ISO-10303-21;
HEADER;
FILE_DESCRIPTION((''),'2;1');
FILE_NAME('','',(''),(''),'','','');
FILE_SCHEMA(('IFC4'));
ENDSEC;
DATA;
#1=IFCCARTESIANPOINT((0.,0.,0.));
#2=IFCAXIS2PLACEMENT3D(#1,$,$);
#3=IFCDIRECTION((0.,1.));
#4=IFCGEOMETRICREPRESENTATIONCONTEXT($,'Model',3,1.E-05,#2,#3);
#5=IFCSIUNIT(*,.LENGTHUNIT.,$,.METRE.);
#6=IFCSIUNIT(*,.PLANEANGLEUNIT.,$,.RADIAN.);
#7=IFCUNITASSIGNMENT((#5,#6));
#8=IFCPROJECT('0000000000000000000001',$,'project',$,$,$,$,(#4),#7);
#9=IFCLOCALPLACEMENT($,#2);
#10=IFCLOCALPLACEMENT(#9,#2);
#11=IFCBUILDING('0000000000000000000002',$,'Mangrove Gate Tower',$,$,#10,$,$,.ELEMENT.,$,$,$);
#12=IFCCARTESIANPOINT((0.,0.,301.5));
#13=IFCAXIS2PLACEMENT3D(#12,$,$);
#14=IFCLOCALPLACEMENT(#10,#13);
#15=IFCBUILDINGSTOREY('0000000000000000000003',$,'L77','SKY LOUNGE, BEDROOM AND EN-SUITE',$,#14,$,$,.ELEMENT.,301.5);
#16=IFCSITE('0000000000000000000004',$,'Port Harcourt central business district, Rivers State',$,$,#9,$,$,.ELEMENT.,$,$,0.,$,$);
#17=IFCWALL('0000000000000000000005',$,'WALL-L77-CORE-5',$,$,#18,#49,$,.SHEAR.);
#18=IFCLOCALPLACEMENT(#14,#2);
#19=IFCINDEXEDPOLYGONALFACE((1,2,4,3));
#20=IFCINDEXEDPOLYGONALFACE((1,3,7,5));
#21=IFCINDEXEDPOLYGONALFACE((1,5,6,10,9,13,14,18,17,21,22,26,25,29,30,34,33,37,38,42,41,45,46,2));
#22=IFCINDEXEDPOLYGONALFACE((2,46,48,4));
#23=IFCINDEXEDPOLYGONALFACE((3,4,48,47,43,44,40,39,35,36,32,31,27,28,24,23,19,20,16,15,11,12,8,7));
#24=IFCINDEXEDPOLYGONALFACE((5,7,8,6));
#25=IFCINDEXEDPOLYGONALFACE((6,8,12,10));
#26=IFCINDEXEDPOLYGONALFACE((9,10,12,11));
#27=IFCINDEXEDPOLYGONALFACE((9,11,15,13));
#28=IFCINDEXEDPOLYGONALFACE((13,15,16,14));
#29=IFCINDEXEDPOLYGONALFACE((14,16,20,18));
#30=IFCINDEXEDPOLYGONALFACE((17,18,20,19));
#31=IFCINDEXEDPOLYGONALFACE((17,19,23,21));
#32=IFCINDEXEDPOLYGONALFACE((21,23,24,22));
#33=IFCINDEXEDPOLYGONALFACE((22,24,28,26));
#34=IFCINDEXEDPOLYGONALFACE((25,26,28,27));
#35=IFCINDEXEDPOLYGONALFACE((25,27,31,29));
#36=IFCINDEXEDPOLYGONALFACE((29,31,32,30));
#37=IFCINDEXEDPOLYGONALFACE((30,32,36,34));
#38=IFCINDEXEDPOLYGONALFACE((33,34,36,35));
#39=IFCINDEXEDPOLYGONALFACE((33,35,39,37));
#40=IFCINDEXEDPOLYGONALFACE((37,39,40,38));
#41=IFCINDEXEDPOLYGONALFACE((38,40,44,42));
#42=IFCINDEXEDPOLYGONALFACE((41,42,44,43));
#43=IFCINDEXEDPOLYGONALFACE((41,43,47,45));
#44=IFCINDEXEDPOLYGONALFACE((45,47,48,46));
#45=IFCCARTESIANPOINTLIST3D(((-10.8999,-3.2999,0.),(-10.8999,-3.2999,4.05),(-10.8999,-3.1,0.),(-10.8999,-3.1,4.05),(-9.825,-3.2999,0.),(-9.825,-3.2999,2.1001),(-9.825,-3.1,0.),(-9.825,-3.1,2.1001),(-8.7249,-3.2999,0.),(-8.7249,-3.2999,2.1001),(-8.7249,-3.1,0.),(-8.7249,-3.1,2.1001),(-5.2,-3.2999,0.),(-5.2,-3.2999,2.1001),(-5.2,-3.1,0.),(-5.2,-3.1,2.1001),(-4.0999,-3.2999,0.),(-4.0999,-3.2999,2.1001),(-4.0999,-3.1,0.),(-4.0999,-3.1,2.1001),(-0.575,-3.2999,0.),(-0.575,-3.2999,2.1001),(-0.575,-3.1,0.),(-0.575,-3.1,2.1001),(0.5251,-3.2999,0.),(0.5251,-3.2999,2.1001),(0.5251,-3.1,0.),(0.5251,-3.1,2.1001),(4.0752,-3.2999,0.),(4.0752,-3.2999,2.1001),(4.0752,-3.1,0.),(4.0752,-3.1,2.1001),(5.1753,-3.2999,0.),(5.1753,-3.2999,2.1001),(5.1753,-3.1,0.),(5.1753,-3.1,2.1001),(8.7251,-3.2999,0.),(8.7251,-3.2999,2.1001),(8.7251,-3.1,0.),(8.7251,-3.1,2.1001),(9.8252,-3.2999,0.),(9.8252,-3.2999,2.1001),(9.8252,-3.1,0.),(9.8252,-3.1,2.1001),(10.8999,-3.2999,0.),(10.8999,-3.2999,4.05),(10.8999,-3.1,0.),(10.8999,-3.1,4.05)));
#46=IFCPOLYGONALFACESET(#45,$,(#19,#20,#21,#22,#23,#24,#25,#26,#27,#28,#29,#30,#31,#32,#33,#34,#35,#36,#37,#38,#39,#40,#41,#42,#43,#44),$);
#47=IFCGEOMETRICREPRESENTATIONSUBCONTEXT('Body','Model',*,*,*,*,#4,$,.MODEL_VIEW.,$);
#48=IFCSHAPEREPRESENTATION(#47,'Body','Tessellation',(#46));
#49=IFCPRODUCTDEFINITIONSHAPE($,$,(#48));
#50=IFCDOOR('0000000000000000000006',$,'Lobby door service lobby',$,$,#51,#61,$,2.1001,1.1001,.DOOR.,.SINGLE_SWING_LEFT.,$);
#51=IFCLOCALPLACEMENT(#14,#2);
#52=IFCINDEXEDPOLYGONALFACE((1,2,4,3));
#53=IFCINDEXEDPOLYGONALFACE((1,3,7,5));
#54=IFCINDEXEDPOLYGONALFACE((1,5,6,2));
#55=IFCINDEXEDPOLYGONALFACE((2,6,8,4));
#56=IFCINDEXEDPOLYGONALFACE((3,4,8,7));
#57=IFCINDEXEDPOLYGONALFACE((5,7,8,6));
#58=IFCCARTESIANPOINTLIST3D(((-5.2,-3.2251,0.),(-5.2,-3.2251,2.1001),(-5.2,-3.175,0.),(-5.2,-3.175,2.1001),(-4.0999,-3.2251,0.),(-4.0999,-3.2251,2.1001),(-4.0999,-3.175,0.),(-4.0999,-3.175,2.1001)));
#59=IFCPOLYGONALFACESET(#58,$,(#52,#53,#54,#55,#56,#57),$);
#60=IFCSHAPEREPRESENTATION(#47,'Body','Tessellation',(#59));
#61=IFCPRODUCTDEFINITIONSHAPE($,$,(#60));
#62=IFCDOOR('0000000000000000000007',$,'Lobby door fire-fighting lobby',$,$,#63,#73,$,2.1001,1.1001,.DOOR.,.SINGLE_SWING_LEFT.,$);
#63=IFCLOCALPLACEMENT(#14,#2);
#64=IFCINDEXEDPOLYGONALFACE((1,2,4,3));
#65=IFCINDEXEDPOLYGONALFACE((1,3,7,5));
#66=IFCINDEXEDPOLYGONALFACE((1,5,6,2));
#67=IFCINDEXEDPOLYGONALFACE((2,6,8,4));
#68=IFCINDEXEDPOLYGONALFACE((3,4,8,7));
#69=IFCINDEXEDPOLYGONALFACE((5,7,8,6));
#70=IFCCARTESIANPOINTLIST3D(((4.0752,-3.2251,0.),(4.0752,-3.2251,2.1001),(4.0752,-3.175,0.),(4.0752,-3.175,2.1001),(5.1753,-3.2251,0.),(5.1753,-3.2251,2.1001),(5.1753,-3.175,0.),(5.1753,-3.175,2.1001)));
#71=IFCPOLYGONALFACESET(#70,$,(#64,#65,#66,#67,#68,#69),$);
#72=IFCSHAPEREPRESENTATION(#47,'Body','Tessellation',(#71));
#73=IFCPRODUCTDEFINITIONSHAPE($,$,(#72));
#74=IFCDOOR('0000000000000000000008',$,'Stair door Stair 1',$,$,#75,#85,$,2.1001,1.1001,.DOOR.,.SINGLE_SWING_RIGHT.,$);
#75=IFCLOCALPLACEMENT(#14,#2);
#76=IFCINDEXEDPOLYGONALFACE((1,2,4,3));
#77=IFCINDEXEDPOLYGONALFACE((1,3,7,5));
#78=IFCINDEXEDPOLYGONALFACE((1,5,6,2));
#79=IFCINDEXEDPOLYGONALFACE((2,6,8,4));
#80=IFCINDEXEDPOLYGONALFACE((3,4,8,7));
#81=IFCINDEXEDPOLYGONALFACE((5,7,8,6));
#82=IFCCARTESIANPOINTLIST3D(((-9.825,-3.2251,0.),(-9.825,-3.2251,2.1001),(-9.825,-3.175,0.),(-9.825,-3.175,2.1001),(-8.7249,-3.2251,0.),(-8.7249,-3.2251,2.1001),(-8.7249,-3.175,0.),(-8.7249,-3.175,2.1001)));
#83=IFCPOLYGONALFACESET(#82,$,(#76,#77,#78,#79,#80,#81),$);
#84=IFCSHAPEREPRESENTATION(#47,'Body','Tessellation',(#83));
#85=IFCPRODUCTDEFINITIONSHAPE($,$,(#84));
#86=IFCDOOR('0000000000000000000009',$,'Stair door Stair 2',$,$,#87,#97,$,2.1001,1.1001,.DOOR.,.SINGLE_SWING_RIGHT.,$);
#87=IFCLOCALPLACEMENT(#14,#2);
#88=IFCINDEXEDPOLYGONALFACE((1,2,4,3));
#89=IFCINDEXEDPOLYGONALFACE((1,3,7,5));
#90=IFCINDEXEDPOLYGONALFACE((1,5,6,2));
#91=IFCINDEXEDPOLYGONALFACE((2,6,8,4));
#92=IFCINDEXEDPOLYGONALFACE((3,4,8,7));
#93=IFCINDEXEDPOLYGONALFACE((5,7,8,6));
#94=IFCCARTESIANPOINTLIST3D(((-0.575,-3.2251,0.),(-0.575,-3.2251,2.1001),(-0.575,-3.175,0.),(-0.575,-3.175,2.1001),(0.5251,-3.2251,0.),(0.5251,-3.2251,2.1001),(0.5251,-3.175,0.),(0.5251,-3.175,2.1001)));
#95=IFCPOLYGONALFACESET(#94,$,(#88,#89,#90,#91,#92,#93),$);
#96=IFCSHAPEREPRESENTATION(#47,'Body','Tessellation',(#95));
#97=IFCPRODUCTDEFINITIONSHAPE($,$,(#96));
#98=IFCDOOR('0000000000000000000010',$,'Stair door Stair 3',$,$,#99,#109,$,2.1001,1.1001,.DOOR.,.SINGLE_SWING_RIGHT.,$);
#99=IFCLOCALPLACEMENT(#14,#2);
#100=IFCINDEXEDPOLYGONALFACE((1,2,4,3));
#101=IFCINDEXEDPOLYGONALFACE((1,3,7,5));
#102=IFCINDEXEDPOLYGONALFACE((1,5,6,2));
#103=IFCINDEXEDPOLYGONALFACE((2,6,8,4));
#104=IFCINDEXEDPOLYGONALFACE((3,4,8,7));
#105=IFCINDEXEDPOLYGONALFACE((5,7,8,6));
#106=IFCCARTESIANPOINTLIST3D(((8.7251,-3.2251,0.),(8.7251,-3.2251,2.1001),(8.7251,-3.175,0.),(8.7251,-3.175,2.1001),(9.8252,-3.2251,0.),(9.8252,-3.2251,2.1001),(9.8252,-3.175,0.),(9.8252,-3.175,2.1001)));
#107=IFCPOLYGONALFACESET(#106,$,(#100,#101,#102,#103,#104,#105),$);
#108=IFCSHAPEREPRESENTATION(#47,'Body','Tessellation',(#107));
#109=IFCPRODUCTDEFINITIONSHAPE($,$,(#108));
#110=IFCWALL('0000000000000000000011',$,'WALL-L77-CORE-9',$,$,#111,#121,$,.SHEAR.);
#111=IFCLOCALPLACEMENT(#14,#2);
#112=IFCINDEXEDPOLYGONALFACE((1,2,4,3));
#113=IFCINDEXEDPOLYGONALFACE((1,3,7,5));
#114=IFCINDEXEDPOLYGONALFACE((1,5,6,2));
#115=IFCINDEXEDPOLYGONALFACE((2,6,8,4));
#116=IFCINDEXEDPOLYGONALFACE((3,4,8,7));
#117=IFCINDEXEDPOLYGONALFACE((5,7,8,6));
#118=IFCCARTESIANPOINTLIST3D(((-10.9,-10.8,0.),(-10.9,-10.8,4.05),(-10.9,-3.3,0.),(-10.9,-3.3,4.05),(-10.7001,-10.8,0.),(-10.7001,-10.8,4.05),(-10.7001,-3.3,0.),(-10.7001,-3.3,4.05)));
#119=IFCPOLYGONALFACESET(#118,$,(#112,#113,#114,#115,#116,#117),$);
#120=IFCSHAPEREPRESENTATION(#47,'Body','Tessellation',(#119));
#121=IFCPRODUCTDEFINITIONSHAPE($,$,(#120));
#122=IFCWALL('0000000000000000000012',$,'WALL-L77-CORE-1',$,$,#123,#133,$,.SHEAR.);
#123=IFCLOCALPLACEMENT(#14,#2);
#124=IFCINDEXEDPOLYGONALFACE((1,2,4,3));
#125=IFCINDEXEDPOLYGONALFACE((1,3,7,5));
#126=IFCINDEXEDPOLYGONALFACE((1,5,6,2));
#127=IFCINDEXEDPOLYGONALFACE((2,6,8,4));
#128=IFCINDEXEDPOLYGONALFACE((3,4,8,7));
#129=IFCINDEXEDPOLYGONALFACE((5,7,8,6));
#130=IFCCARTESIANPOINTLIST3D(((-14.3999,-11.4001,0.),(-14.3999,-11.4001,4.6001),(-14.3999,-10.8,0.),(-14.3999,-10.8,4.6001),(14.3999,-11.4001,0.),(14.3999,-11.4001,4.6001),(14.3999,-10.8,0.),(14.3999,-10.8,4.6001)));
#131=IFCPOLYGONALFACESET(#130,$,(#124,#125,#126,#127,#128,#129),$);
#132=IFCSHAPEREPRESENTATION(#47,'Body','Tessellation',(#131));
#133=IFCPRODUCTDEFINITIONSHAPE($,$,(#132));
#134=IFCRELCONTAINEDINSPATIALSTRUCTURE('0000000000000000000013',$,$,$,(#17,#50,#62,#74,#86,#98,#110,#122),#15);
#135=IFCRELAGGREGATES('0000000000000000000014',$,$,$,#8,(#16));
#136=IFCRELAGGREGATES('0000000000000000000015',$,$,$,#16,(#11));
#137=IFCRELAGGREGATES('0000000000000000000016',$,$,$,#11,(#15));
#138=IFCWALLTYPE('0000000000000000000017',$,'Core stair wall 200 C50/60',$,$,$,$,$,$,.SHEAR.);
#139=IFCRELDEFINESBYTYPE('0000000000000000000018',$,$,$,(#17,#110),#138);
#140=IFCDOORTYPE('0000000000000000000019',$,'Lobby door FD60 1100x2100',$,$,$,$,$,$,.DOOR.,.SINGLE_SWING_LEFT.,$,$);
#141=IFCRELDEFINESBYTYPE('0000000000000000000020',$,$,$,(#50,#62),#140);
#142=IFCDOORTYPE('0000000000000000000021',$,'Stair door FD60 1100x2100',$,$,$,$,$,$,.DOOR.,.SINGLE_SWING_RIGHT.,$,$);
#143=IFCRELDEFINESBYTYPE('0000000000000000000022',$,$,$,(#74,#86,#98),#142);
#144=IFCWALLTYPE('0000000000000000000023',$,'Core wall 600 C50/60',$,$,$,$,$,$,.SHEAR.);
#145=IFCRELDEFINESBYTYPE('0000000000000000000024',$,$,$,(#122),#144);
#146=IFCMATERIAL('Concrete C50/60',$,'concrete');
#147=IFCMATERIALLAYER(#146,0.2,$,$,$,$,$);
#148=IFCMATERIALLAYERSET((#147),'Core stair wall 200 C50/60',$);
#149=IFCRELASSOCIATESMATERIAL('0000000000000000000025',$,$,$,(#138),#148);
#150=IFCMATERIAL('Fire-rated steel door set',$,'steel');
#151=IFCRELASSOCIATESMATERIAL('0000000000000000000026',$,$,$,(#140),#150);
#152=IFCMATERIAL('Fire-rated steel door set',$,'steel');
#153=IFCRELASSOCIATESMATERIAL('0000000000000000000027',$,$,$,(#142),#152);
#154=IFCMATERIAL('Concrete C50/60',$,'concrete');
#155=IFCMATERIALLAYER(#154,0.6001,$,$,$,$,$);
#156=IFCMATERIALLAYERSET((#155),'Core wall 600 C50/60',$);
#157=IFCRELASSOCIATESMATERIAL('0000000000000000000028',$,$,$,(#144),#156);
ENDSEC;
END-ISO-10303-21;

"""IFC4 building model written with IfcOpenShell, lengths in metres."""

from ifc_helpers import new_model, si_unit, direction, frame, frame_2d, origin, place, context, subcontext, project, spatial, rectangle, extrude, material, layer, layer_set, type_object, element, fill, save


model = new_model("IFC4")

# Units and contexts
model_context = context("Model", 3, precision=1e-05, world=origin(), true_north=direction((0.0, 1.0)))
body_context = subcontext(model_context, "Body", "Model", "MODEL_VIEW")
ifc_project = project(units=[si_unit("LENGTHUNIT", "METRE"), si_unit("PLANEANGLEUNIT", "RADIAN")], contexts=[model_context])

# Site, building, storey
site_placement = place(None, origin())
site = spatial("IfcSite", under=ifc_project, at=site_placement, Name="Port Harcourt central business district, Rivers State", CompositionType="ELEMENT", RefElevation=0.0)
building_placement = place(site_placement, origin())
building = spatial("IfcBuilding", under=site, at=building_placement, Name="Mangrove Gate Tower", CompositionType="ELEMENT")
storey_placement = place(building_placement, frame((0.0, 0.0, 301.5)))
storey = spatial("IfcBuildingStorey", under=building, at=storey_placement, Name="L77", Description="SKY LOUNGE, BEDROOM AND EN-SUITE", CompositionType="ELEMENT", Elevation=301.5)

# Wall, openings, doors
ifc_material_1 = material(Name="Concrete C50/60", Category="concrete")
ifc_layer_1 = layer(ifc_material_1, 0.2)
ifc_layer_set_1 = layer_set([ifc_layer_1], Name="Core stair wall 200 C50/60")
wall_type_1 = type_object("IfcWallType", Name="Core stair wall 200 C50/60", PredefinedType="SHEAR", material=ifc_layer_set_1)
wall_1_placement = place(storey_placement, frame((-10.8999, -3.2, 0.0), z_axis=(0.0, 0.0, 1.0), x_axis=(1.0, 0.0, 0.0)))
wall_1 = element("IfcWall", 1, at=wall_1_placement, inside=storey, type_object=wall_type_1, Name="WALL-L77-CORE-5", PredefinedType="SHEAR", context=body_context, shape_type="SweptSolid", body=[
    extrude(rectangle(XDim=21.7998, YDim=0.2, at=frame_2d((10.8999, 0.0))), origin(), (0.0, 0.0, 1.0), 4.05),
])
opening_1_placement = place(wall_1_placement, frame((1.075, 0.0, 0.0)))
opening_1 = element("IfcOpeningElement", 2, at=opening_1_placement, cuts=wall_1, PredefinedType="OPENING", context=body_context, shape_type="SweptSolid", body=[
    extrude(rectangle(XDim=1.1001, YDim=2.1001, at=frame_2d((0.55, 1.05))), frame((0.0, 0.1099, 0.0), z_axis=(0.0, -1.0, 0.0), x_axis=(1.0, 0.0, 0.0)), (0.0, 0.0, 1.0), 0.22),
])
opening_2_placement = place(wall_1_placement, frame((10.325, 0.0, 0.0)))
opening_2 = element("IfcOpeningElement", 3, at=opening_2_placement, cuts=wall_1, PredefinedType="OPENING", context=body_context, shape_type="SweptSolid", body=[
    extrude(rectangle(XDim=1.1001, YDim=2.1001, at=frame_2d((0.55, 1.05))), frame((0.0, 0.1099, 0.0), z_axis=(0.0, -1.0, 0.0), x_axis=(1.0, 0.0, 0.0)), (0.0, 0.0, 1.0), 0.22),
])
opening_3_placement = place(wall_1_placement, frame((19.625, 0.0, 0.0)))
opening_3 = element("IfcOpeningElement", 4, at=opening_3_placement, cuts=wall_1, PredefinedType="OPENING", context=body_context, shape_type="SweptSolid", body=[
    extrude(rectangle(XDim=1.1001, YDim=2.1001, at=frame_2d((0.55, 1.05))), frame((0.0, 0.1099, 0.0), z_axis=(0.0, -1.0, 0.0), x_axis=(1.0, 0.0, 0.0)), (0.0, 0.0, 1.0), 0.22),
])
opening_4_placement = place(wall_1_placement, frame((5.7, 0.0, 0.0)))
opening_4 = element("IfcOpeningElement", 5, at=opening_4_placement, cuts=wall_1, PredefinedType="OPENING", context=body_context, shape_type="SweptSolid", body=[
    extrude(rectangle(XDim=1.1001, YDim=2.1001, at=frame_2d((0.55, 1.05))), frame((0.0, 0.1099, 0.0), z_axis=(0.0, -1.0, 0.0), x_axis=(1.0, 0.0, 0.0)), (0.0, 0.0, 1.0), 0.22),
])
opening_5_placement = place(wall_1_placement, frame((14.9751, 0.0, 0.0)))
opening_5 = element("IfcOpeningElement", 6, at=opening_5_placement, cuts=wall_1, PredefinedType="OPENING", context=body_context, shape_type="SweptSolid", body=[
    extrude(rectangle(XDim=1.1001, YDim=2.1001, at=frame_2d((0.55, 1.05))), frame((0.0, 0.1099, 0.0), z_axis=(0.0, -1.0, 0.0), x_axis=(1.0, 0.0, 0.0)), (0.0, 0.0, 1.0), 0.22),
])
ifc_material_2 = material(Name="Fire-rated steel door set", Category="steel")
door_type_1 = type_object("IfcDoorType", Name="Lobby door FD60 1100x2100", OperationType="SINGLE_SWING_LEFT", PredefinedType="DOOR", material=ifc_material_2)
door_1_placement = place(opening_4_placement, origin())
door_1 = element("IfcDoor", 7, at=door_1_placement, inside=storey, type_object=door_type_1, Name="Lobby door service lobby", OperationType="SINGLE_SWING_LEFT", OverallHeight=2.1001, OverallWidth=1.1001, PredefinedType="DOOR", context=body_context, shape_type="SweptSolid", body=[
    extrude(rectangle(XDim=1.1001, YDim=2.1001, at=frame_2d((0.55, 1.05))), frame((0.0, 0.0249, 0.0), z_axis=(0.0, -1.0, 0.0), x_axis=(1.0, 0.0, 0.0)), (0.0, 0.0, 1.0), 0.05),
])
fill(opening_4, door_1)
door_2_placement = place(opening_5_placement, origin())
door_2 = element("IfcDoor", 8, at=door_2_placement, inside=storey, type_object=door_type_1, Name="Lobby door fire-fighting lobby", OperationType="SINGLE_SWING_LEFT", OverallHeight=2.1001, OverallWidth=1.1001, PredefinedType="DOOR", context=body_context, shape_type="SweptSolid", body=[
    extrude(rectangle(XDim=1.1001, YDim=2.1001, at=frame_2d((0.55, 1.05))), frame((0.0, 0.0249, 0.0), z_axis=(0.0, -1.0, 0.0), x_axis=(1.0, 0.0, 0.0)), (0.0, 0.0, 1.0), 0.05),
])
fill(opening_5, door_2)
ifc_material_3 = material(Name="Fire-rated steel door set", Category="steel")
door_type_2 = type_object("IfcDoorType", Name="Stair door FD60 1100x2100", OperationType="SINGLE_SWING_RIGHT", PredefinedType="DOOR", material=ifc_material_3)
door_3_placement = place(opening_1_placement, origin())
door_3 = element("IfcDoor", 9, at=door_3_placement, inside=storey, type_object=door_type_2, Name="Stair door Stair 1", OperationType="SINGLE_SWING_RIGHT", OverallHeight=2.1001, OverallWidth=1.1001, PredefinedType="DOOR", context=body_context, shape_type="SweptSolid", body=[
    extrude(rectangle(XDim=1.1001, YDim=2.1001, at=frame_2d((0.55, 1.05))), frame((0.0, 0.0249, 0.0), z_axis=(0.0, -1.0, 0.0), x_axis=(1.0, 0.0, 0.0)), (0.0, 0.0, 1.0), 0.05),
])
fill(opening_1, door_3)
door_4_placement = place(opening_2_placement, origin())
door_4 = element("IfcDoor", 10, at=door_4_placement, inside=storey, type_object=door_type_2, Name="Stair door Stair 2", OperationType="SINGLE_SWING_RIGHT", OverallHeight=2.1001, OverallWidth=1.1001, PredefinedType="DOOR", context=body_context, shape_type="SweptSolid", body=[
    extrude(rectangle(XDim=1.1001, YDim=2.1001, at=frame_2d((0.55, 1.05))), frame((0.0, 0.0249, 0.0), z_axis=(0.0, -1.0, 0.0), x_axis=(1.0, 0.0, 0.0)), (0.0, 0.0, 1.0), 0.05),
])
fill(opening_2, door_4)
door_5_placement = place(opening_3_placement, origin())
door_5 = element("IfcDoor", 11, at=door_5_placement, inside=storey, type_object=door_type_2, Name="Stair door Stair 3", OperationType="SINGLE_SWING_RIGHT", OverallHeight=2.1001, OverallWidth=1.1001, PredefinedType="DOOR", context=body_context, shape_type="SweptSolid", body=[
    extrude(rectangle(XDim=1.1001, YDim=2.1001, at=frame_2d((0.55, 1.05))), frame((0.0, 0.0249, 0.0), z_axis=(0.0, -1.0, 0.0), x_axis=(1.0, 0.0, 0.0)), (0.0, 0.0, 1.0), 0.05),
])
fill(opening_3, door_5)

# Walls
wall_2_placement = place(storey_placement, frame((-10.8, -10.8, 0.0), z_axis=(0.0, 0.0, 1.0), x_axis=(0.0, 1.0, 0.0)))
element("IfcWall", 12, at=wall_2_placement, inside=storey, type_object=wall_type_1, Name="WALL-L77-CORE-9", PredefinedType="SHEAR", context=body_context, shape_type="SweptSolid", body=[
    extrude(rectangle(XDim=7.5, YDim=0.2, at=frame_2d((3.75, 0.0))), origin(), (0.0, 0.0, 1.0), 4.05),
])
ifc_material_4 = material(Name="Concrete C50/60", Category="concrete")
ifc_layer_2 = layer(ifc_material_4, 0.6001)
ifc_layer_set_2 = layer_set([ifc_layer_2], Name="Core wall 600 C50/60")
wall_type_2 = type_object("IfcWallType", Name="Core wall 600 C50/60", PredefinedType="SHEAR", material=ifc_layer_set_2)
wall_3_placement = place(storey_placement, frame((-14.3999, -11.1001, 0.0), z_axis=(0.0, 0.0, 1.0), x_axis=(1.0, 0.0, 0.0)))
element("IfcWall", 13, at=wall_3_placement, inside=storey, type_object=wall_type_2, Name="WALL-L77-CORE-1", PredefinedType="SHEAR", context=body_context, shape_type="SweptSolid", body=[
    extrude(rectangle(XDim=28.7998, YDim=0.6001, at=frame_2d((14.3999, 0.0))), origin(), (0.0, 0.0, 1.0), 4.6001),
])

save(model, "model.ifc")
